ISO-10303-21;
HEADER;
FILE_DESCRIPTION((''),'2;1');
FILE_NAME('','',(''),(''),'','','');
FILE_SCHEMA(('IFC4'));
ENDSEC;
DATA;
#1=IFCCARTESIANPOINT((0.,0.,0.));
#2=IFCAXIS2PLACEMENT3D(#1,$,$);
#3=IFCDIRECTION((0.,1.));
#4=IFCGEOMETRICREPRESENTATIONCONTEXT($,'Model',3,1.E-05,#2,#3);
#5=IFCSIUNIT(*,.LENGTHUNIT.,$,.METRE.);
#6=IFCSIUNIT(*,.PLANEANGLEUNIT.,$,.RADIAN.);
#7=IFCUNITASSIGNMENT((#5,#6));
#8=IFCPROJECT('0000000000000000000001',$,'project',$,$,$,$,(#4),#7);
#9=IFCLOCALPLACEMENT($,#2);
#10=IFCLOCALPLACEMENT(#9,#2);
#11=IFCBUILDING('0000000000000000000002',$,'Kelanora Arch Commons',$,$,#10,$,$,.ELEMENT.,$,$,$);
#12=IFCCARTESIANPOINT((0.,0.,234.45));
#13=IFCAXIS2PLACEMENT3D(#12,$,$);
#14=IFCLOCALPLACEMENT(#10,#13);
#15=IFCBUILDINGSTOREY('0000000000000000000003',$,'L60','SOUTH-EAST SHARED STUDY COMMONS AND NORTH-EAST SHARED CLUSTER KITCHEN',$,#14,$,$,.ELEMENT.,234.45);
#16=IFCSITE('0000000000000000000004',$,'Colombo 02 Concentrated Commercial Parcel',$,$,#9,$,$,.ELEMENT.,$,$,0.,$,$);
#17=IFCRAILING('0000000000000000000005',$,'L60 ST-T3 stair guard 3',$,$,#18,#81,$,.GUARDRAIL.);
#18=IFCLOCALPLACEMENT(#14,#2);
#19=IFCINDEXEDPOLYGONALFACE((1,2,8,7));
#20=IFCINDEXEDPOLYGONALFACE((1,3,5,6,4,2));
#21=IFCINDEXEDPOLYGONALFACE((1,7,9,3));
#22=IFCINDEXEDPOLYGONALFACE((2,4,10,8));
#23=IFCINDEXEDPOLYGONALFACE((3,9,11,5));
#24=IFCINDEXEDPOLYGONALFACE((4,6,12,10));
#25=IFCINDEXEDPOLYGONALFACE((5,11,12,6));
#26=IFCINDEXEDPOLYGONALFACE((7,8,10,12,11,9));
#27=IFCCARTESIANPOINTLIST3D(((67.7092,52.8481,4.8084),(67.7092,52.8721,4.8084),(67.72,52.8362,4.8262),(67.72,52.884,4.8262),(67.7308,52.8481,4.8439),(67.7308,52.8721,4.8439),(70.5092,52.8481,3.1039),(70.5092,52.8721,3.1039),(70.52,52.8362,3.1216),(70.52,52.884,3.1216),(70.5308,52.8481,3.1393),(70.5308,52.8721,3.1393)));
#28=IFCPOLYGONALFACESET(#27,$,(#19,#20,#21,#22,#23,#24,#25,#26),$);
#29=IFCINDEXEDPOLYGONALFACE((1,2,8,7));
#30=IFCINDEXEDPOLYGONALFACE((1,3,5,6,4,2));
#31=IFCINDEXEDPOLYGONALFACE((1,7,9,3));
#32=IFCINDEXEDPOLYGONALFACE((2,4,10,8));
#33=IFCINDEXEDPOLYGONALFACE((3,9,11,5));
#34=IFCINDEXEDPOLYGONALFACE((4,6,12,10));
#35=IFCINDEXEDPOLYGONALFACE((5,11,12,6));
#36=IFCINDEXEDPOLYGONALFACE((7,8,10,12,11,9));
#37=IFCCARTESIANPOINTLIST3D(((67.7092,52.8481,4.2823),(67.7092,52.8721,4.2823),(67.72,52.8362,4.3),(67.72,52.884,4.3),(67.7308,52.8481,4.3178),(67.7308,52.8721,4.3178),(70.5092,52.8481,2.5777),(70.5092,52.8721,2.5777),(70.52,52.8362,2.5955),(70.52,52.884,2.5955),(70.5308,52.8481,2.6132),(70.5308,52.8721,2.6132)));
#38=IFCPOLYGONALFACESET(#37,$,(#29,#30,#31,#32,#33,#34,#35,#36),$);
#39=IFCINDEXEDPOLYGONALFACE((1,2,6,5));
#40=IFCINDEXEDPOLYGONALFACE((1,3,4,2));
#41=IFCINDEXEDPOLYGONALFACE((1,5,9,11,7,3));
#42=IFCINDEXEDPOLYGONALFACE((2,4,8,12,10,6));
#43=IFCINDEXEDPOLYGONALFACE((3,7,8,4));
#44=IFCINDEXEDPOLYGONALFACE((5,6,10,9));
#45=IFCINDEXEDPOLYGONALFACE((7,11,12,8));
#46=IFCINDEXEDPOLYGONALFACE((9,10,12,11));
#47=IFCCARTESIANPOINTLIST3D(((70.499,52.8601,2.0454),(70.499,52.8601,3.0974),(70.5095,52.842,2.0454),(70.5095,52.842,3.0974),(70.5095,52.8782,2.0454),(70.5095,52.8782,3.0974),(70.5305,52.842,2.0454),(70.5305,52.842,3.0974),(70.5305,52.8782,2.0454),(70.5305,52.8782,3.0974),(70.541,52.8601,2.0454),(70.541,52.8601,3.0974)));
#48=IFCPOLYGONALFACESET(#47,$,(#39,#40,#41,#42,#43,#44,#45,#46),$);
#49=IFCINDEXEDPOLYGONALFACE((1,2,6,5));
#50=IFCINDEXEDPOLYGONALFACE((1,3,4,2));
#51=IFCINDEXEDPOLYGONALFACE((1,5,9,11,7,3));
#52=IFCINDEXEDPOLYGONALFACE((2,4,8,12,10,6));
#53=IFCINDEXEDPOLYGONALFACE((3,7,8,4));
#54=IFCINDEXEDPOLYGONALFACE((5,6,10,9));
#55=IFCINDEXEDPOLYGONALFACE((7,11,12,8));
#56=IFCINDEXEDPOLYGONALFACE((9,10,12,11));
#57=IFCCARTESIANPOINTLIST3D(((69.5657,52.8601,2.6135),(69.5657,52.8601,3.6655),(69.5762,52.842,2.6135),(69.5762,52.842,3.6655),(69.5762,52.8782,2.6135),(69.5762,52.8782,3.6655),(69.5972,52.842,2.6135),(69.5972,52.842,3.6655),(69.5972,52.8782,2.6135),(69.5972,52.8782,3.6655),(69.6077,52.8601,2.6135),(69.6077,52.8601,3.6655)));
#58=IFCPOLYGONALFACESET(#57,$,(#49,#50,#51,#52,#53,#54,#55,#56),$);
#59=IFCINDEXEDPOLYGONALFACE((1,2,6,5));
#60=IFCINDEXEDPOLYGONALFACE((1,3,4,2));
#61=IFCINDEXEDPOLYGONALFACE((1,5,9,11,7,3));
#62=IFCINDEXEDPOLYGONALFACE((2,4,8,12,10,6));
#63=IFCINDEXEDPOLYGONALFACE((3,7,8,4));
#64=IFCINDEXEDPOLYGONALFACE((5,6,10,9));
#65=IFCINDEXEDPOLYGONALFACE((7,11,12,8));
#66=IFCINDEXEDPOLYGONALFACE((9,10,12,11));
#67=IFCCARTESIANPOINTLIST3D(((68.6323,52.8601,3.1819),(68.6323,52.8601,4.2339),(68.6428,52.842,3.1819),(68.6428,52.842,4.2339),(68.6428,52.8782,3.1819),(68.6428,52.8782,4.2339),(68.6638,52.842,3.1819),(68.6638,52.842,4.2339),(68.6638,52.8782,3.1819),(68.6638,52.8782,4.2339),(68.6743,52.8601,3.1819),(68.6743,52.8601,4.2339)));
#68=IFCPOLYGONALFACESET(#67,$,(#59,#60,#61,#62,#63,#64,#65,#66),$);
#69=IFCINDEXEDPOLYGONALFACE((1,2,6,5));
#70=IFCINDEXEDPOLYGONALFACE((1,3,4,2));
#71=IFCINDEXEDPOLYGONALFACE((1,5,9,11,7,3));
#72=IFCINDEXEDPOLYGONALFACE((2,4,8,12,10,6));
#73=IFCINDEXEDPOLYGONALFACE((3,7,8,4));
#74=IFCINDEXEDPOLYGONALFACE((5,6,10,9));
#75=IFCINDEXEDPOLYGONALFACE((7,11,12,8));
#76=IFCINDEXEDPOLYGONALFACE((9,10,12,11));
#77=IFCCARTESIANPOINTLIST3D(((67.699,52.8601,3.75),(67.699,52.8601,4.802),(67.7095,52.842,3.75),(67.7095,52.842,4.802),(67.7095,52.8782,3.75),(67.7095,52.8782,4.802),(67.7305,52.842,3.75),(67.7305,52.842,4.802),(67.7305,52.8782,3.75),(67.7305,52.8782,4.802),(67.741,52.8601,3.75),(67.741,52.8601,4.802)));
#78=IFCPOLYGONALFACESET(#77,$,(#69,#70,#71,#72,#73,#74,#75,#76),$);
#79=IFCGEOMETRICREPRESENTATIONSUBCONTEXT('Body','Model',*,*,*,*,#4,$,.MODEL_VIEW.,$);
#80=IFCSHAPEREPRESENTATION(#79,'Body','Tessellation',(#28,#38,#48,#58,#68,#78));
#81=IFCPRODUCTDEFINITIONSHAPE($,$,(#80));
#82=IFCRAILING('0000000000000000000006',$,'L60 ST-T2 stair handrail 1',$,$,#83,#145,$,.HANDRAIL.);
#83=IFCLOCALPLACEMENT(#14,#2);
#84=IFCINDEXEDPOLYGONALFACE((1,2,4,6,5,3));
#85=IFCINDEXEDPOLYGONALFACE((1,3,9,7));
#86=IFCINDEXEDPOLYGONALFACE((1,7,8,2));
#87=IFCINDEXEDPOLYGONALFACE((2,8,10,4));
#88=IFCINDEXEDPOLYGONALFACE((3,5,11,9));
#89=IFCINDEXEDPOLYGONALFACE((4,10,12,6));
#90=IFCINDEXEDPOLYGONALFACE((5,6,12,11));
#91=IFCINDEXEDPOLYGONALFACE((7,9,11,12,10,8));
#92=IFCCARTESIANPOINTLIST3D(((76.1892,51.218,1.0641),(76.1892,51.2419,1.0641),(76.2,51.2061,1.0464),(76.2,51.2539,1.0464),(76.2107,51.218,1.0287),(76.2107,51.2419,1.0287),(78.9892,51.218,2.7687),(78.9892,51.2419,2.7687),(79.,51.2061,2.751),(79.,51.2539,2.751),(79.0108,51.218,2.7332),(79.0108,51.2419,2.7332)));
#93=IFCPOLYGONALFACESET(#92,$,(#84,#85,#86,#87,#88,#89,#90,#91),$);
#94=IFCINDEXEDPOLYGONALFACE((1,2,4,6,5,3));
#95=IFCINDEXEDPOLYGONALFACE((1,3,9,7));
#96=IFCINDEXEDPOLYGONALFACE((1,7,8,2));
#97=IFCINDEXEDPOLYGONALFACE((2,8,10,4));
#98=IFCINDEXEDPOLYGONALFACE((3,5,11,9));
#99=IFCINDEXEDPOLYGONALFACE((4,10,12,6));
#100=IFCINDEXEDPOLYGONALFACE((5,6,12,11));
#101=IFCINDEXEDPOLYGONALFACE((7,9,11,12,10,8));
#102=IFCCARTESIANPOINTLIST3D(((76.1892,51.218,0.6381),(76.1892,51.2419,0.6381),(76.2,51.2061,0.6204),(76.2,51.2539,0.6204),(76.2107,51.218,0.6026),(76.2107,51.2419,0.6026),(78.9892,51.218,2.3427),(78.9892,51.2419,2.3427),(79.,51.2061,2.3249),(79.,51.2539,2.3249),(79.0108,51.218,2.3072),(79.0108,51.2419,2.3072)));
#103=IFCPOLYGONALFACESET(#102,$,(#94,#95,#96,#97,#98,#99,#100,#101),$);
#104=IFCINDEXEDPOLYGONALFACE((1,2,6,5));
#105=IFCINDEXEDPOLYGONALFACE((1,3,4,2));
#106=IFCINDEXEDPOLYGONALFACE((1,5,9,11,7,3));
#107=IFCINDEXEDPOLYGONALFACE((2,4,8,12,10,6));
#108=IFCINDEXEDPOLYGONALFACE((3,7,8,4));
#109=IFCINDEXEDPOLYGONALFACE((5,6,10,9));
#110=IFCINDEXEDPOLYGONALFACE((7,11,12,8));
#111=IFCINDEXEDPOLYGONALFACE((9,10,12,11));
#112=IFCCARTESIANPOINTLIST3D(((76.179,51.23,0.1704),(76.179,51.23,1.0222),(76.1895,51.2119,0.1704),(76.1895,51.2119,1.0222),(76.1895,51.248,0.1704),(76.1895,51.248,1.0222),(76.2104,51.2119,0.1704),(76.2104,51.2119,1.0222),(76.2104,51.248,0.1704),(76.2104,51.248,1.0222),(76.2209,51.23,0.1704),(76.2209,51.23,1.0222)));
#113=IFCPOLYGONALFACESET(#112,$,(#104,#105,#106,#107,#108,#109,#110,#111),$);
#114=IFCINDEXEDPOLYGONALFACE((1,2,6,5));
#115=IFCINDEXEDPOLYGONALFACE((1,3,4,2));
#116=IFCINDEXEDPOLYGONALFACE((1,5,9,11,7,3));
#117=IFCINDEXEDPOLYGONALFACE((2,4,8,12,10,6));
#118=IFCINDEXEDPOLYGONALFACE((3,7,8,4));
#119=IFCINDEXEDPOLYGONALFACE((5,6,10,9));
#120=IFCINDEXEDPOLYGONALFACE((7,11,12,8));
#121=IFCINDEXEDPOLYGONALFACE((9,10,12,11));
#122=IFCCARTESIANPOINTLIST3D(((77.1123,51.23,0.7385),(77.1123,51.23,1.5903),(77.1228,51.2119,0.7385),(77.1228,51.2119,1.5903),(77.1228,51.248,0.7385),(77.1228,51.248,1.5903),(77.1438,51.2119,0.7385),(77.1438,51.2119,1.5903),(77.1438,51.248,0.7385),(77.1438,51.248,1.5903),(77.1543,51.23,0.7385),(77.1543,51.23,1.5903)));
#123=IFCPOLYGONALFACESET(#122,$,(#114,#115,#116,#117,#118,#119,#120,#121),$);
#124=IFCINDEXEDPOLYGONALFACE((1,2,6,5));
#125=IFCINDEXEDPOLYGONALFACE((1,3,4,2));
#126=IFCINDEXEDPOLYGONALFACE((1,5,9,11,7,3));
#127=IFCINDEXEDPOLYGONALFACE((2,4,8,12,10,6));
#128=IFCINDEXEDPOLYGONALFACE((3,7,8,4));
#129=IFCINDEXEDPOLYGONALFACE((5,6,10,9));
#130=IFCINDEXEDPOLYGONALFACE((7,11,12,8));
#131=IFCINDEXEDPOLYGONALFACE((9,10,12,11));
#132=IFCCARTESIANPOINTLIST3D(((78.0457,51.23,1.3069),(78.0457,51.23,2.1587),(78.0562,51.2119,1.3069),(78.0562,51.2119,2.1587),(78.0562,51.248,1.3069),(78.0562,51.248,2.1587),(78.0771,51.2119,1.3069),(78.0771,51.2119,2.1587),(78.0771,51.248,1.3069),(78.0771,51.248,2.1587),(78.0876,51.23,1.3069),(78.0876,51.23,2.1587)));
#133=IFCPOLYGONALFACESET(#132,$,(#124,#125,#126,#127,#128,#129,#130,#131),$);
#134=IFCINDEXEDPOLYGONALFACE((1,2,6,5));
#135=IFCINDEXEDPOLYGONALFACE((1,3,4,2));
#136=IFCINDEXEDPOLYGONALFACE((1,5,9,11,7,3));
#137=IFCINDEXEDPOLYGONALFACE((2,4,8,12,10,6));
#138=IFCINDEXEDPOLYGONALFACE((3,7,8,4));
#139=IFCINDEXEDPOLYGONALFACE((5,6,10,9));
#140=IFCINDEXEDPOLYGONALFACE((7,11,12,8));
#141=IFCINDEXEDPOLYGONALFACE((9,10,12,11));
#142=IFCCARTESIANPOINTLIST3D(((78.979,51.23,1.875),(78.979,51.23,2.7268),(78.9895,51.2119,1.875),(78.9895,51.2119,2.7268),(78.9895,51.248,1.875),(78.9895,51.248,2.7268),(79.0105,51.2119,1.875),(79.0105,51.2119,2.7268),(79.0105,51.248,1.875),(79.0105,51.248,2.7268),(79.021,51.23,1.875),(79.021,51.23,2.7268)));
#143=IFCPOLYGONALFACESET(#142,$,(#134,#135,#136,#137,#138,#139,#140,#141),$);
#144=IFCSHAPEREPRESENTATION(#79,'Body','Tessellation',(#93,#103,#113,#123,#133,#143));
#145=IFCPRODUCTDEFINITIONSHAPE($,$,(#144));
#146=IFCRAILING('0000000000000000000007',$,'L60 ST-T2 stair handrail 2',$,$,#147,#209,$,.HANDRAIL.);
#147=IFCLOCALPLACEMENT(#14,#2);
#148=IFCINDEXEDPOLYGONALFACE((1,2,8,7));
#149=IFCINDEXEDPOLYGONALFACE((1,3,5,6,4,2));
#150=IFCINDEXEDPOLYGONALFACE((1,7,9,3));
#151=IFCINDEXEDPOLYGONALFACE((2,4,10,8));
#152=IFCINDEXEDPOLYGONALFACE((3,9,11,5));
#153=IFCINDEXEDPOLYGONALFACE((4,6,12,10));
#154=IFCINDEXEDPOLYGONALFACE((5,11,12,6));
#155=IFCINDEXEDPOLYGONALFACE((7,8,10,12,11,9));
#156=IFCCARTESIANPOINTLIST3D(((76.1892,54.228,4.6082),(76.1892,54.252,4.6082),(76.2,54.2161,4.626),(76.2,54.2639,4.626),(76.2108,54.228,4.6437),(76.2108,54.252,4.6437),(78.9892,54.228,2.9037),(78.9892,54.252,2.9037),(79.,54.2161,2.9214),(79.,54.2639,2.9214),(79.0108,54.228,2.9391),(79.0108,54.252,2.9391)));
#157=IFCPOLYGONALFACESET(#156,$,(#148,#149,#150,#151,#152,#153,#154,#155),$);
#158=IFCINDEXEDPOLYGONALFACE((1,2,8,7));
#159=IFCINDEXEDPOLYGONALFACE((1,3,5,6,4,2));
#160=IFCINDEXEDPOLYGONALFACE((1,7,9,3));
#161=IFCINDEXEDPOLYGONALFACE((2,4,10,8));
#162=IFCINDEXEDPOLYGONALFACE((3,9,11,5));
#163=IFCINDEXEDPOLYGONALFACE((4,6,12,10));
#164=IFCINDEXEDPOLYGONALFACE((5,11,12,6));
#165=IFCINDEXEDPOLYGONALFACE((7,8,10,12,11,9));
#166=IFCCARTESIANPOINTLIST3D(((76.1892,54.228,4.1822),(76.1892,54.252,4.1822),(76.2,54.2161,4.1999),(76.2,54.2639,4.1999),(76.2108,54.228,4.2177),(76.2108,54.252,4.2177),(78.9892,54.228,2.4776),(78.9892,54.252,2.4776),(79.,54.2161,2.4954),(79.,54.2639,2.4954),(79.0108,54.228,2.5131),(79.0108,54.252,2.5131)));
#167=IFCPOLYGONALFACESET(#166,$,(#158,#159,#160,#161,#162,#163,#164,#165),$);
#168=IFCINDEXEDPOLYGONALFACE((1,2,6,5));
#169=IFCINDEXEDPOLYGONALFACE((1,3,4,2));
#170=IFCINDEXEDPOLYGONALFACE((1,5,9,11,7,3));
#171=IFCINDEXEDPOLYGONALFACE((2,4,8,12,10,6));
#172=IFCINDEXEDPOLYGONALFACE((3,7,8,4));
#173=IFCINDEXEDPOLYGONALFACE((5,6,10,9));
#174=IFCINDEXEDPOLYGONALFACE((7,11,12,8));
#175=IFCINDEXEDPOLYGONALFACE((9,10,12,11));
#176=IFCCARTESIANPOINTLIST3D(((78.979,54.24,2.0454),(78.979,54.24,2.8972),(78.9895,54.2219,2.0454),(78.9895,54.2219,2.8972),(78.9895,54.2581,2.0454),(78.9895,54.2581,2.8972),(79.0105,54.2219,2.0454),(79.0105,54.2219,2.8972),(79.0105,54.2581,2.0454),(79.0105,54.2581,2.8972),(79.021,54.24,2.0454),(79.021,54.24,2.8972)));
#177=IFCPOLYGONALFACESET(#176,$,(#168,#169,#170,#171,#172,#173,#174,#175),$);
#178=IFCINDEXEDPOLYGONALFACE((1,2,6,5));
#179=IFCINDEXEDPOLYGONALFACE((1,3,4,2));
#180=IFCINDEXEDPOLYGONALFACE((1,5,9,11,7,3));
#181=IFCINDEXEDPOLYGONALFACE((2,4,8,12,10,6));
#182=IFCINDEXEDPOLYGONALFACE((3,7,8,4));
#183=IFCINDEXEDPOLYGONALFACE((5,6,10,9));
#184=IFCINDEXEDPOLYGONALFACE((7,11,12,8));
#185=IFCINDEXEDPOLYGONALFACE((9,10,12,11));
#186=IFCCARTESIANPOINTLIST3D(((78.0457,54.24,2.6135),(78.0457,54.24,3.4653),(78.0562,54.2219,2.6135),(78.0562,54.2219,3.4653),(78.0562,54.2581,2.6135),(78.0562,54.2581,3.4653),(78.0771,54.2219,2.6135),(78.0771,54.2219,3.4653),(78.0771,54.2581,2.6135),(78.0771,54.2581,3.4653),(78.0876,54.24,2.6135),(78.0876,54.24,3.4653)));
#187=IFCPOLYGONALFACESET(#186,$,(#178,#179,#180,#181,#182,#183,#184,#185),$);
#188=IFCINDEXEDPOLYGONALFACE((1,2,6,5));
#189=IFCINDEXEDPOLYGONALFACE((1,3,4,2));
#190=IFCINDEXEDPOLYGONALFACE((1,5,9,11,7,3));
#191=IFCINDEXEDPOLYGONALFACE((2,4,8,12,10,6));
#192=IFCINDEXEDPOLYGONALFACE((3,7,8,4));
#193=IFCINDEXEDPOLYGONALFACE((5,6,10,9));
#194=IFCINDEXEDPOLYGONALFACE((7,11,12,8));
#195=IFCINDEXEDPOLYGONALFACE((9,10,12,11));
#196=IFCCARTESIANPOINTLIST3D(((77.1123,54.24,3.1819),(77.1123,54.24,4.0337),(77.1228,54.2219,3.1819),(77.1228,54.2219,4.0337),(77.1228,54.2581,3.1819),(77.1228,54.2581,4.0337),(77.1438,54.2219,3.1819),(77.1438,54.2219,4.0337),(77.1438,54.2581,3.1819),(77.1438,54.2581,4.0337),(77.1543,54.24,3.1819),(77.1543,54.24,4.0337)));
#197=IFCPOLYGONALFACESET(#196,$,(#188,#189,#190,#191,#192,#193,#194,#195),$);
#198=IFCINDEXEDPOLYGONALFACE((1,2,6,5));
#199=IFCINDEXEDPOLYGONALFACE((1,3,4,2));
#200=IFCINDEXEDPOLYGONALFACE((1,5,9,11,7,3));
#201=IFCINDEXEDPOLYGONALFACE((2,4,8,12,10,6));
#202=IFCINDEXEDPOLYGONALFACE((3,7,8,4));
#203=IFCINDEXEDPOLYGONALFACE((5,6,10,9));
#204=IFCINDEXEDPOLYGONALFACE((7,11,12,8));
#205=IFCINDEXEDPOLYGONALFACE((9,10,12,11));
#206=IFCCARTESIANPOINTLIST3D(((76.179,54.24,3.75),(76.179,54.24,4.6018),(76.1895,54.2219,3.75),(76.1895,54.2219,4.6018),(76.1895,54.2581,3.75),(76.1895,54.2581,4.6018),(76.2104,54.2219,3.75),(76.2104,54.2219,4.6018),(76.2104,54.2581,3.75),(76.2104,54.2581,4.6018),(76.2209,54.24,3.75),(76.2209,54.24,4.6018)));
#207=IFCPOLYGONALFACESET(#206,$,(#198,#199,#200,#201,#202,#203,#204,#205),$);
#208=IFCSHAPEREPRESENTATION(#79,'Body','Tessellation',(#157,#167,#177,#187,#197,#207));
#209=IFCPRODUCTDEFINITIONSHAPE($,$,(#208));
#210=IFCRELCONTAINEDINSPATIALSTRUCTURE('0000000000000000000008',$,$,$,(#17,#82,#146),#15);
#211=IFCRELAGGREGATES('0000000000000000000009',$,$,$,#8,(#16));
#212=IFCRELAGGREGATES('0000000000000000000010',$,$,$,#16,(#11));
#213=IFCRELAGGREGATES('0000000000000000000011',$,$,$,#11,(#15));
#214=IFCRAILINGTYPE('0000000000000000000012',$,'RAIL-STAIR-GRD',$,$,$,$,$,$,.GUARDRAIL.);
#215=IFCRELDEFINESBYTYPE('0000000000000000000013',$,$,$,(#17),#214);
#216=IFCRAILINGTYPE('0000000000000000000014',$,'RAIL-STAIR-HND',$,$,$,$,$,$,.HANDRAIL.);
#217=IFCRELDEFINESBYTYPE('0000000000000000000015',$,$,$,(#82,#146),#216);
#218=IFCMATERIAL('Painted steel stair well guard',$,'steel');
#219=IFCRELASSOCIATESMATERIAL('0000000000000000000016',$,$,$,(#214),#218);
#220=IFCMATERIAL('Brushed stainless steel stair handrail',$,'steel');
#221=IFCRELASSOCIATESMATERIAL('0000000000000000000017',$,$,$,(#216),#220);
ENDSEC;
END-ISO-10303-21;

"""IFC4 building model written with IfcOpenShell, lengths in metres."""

from ifc_helpers import new_model, si_unit, direction, frame, origin, place, context, subcontext, project, spatial, polyline, outline, extrude, material, type_object, element, save


model = new_model("IFC4")

# Units and contexts
model_context = context("Model", 3, precision=1e-05, world=origin(), true_north=direction((0.0, 1.0)))
body_context = subcontext(model_context, "Body", "Model", "MODEL_VIEW")
ifc_project = project(units=[si_unit("LENGTHUNIT", "METRE"), si_unit("PLANEANGLEUNIT", "RADIAN")], contexts=[model_context])

# Site, building, storey
site_placement = place(None, origin())
site = spatial("IfcSite", under=ifc_project, at=site_placement, Name="Colombo 02 Concentrated Commercial Parcel", CompositionType="ELEMENT", RefElevation=0.0)
building_placement = place(site_placement, origin())
building = spatial("IfcBuilding", under=site, at=building_placement, Name="Kelanora Arch Commons", CompositionType="ELEMENT")
storey_placement = place(building_placement, frame((0.0, 0.0, 234.45)))
storey = spatial("IfcBuildingStorey", under=building, at=storey_placement, Name="L60", Description="SOUTH-EAST SHARED STUDY COMMONS AND NORTH-EAST SHARED CLUSTER KITCHEN", CompositionType="ELEMENT", Elevation=234.45)

# Railings
ifc_material_1 = material(Name="Painted steel stair well guard", Category="steel")
railing_type_1 = type_object("IfcRailingType", Name="RAIL-STAIR-GRD", PredefinedType="GUARDRAIL", material=ifc_material_1)
railing_1_placement = place(storey_placement, frame((70.52, 52.8601, 2.0454)))
element("IfcRailing", 1, at=railing_1_placement, inside=storey, type_object=railing_type_1, Name="L60 ST-T3 stair guard 3", PredefinedType="GUARDRAIL", context=body_context, shape_type="SweptSolid", body=[
    extrude(outline(polyline([(0.0239, 0.0), (0.012, 0.0208), (-0.012, 0.0208), (-0.0239, 0.0), (-0.012, -0.0208), (0.012, -0.0208), (0.0239, 0.0)])), frame((0.0, 0.0, 1.0762), z_axis=(-0.85417, 0.0, 0.519994), x_axis=(0.0, -1.0, 0.0)), (0.0, 0.0, 1.0), 3.2781),
    extrude(outline(polyline([(0.0239, 0.0), (0.012, 0.0208), (-0.012, 0.0208), (-0.0239, 0.0), (-0.012, -0.0208), (0.012, -0.0208), (0.0239, 0.0)])), frame((0.0, 0.0, 0.55), z_axis=(-0.85417, 0.0, 0.519994), x_axis=(0.0, -1.0, 0.0)), (0.0, 0.0, 1.0), 3.2781),
    extrude(outline(polyline([(0.021, 0.0), (0.0105, 0.0181), (-0.0105, 0.0181), (-0.021, 0.0), (-0.0105, -0.0181), (0.0105, -0.0181), (0.021, 0.0)])), origin(), (0.0, 0.0, 1.0), 1.052),
    extrude(outline(polyline([(0.021, 0.0), (0.0105, 0.0181), (-0.0105, 0.0181), (-0.021, 0.0), (-0.0105, -0.0181), (0.0105, -0.0181), (0.021, 0.0)])), frame((-0.9333, 0.0, 0.5681)), (0.0, 0.0, 1.0), 1.052),
    extrude(outline(polyline([(0.021, 0.0), (0.0105, 0.0181), (-0.0105, 0.0181), (-0.021, 0.0), (-0.0105, -0.0181), (0.0105, -0.0181), (0.021, 0.0)])), frame((-1.8667, 0.0, 1.1365)), (0.0, 0.0, 1.0), 1.052),
    extrude(outline(polyline([(0.021, 0.0), (0.0105, 0.0181), (-0.0105, 0.0181), (-0.021, 0.0), (-0.0105, -0.0181), (0.0105, -0.0181), (0.021, 0.0)])), frame((-2.8, 0.0, 1.7046)), (0.0, 0.0, 1.0), 1.052),
])
ifc_material_2 = material(Name="Brushed stainless steel stair handrail", Category="steel")
railing_type_2 = type_object("IfcRailingType", Name="RAIL-STAIR-HND", PredefinedType="HANDRAIL", material=ifc_material_2)
railing_2_placement = place(storey_placement, frame((76.2, 51.23, 0.1704)))
element("IfcRailing", 2, at=railing_2_placement, inside=storey, type_object=railing_type_2, Name="L60 ST-T2 stair handrail 1", PredefinedType="HANDRAIL", context=body_context, shape_type="SweptSolid", body=[
    extrude(outline(polyline([(0.0239, 0.0), (0.012, 0.0208), (-0.012, 0.0208), (-0.0239, 0.0), (-0.012, -0.0208), (0.012, -0.0208), (0.0239, 0.0)])), frame((0.0, 0.0, 0.876), z_axis=(0.85417, 0.0, 0.519994), x_axis=(0.0, 1.0, 0.0)), (0.0, 0.0, 1.0), 3.2781),
    extrude(outline(polyline([(0.0239, 0.0), (0.012, 0.0208), (-0.012, 0.0208), (-0.0239, 0.0), (-0.012, -0.0208), (0.012, -0.0208), (0.0239, 0.0)])), frame((0.0, 0.0, 0.45), z_axis=(0.85417, 0.0, 0.519994), x_axis=(0.0, 1.0, 0.0)), (0.0, 0.0, 1.0), 3.2781),
    extrude(outline(polyline([(0.021, 0.0), (0.0105, 0.0181), (-0.0105, 0.0181), (-0.021, 0.0), (-0.0105, -0.0181), (0.0105, -0.0181), (0.021, 0.0)])), origin(), (0.0, 0.0, 1.0), 0.8518),
    extrude(outline(polyline([(0.021, 0.0), (0.0105, 0.0181), (-0.0105, 0.0181), (-0.021, 0.0), (-0.0105, -0.0181), (0.0105, -0.0181), (0.021, 0.0)])), frame((0.9333, 0.0, 0.5681)), (0.0, 0.0, 1.0), 0.8518),
    extrude(outline(polyline([(0.021, 0.0), (0.0105, 0.0181), (-0.0105, 0.0181), (-0.021, 0.0), (-0.0105, -0.0181), (0.0105, -0.0181), (0.021, 0.0)])), frame((1.8667, 0.0, 1.1365)), (0.0, 0.0, 1.0), 0.8518),
    extrude(outline(polyline([(0.021, 0.0), (0.0105, 0.0181), (-0.0105, 0.0181), (-0.021, 0.0), (-0.0105, -0.0181), (0.0105, -0.0181), (0.021, 0.0)])), frame((2.8, 0.0, 1.7046)), (0.0, 0.0, 1.0), 0.8518),
])
railing_3_placement = place(storey_placement, frame((79.0, 54.24, 2.0454)))
element("IfcRailing", 3, at=railing_3_placement, inside=storey, type_object=railing_type_2, Name="L60 ST-T2 stair handrail 2", PredefinedType="HANDRAIL", context=body_context, shape_type="SweptSolid", body=[
    extrude(outline(polyline([(0.0239, 0.0), (0.012, 0.0208), (-0.012, 0.0208), (-0.0239, 0.0), (-0.012, -0.0208), (0.012, -0.0208), (0.0239, 0.0)])), frame((0.0, 0.0, 0.876), z_axis=(-0.85417, 0.0, 0.519994), x_axis=(0.0, -1.0, 0.0)), (0.0, 0.0, 1.0), 3.2781),
    extrude(outline(polyline([(0.0239, 0.0), (0.012, 0.0208), (-0.012, 0.0208), (-0.0239, 0.0), (-0.012, -0.0208), (0.012, -0.0208), (0.0239, 0.0)])), frame((0.0, 0.0, 0.45), z_axis=(-0.85417, 0.0, 0.519994), x_axis=(0.0, -1.0, 0.0)), (0.0, 0.0, 1.0), 3.2781),
    extrude(outline(polyline([(0.021, 0.0), (0.0105, 0.0181), (-0.0105, 0.0181), (-0.021, 0.0), (-0.0105, -0.0181), (0.0105, -0.0181), (0.021, 0.0)])), origin(), (0.0, 0.0, 1.0), 0.8518),
    extrude(outline(polyline([(0.021, 0.0), (0.0105, 0.0181), (-0.0105, 0.0181), (-0.021, 0.0), (-0.0105, -0.0181), (0.0105, -0.0181), (0.021, 0.0)])), frame((-0.9333, 0.0, 0.5681)), (0.0, 0.0, 1.0), 0.8518),
    extrude(outline(polyline([(0.021, 0.0), (0.0105, 0.0181), (-0.0105, 0.0181), (-0.021, 0.0), (-0.0105, -0.0181), (0.0105, -0.0181), (0.021, 0.0)])), frame((-1.8667, 0.0, 1.1365)), (0.0, 0.0, 1.0), 0.8518),
    extrude(outline(polyline([(0.021, 0.0), (0.0105, 0.0181), (-0.0105, 0.0181), (-0.021, 0.0), (-0.0105, -0.0181), (0.0105, -0.0181), (0.021, 0.0)])), frame((-2.8, 0.0, 1.7046)), (0.0, 0.0, 1.0), 0.8518),
])

save(model, "model.ifc")
